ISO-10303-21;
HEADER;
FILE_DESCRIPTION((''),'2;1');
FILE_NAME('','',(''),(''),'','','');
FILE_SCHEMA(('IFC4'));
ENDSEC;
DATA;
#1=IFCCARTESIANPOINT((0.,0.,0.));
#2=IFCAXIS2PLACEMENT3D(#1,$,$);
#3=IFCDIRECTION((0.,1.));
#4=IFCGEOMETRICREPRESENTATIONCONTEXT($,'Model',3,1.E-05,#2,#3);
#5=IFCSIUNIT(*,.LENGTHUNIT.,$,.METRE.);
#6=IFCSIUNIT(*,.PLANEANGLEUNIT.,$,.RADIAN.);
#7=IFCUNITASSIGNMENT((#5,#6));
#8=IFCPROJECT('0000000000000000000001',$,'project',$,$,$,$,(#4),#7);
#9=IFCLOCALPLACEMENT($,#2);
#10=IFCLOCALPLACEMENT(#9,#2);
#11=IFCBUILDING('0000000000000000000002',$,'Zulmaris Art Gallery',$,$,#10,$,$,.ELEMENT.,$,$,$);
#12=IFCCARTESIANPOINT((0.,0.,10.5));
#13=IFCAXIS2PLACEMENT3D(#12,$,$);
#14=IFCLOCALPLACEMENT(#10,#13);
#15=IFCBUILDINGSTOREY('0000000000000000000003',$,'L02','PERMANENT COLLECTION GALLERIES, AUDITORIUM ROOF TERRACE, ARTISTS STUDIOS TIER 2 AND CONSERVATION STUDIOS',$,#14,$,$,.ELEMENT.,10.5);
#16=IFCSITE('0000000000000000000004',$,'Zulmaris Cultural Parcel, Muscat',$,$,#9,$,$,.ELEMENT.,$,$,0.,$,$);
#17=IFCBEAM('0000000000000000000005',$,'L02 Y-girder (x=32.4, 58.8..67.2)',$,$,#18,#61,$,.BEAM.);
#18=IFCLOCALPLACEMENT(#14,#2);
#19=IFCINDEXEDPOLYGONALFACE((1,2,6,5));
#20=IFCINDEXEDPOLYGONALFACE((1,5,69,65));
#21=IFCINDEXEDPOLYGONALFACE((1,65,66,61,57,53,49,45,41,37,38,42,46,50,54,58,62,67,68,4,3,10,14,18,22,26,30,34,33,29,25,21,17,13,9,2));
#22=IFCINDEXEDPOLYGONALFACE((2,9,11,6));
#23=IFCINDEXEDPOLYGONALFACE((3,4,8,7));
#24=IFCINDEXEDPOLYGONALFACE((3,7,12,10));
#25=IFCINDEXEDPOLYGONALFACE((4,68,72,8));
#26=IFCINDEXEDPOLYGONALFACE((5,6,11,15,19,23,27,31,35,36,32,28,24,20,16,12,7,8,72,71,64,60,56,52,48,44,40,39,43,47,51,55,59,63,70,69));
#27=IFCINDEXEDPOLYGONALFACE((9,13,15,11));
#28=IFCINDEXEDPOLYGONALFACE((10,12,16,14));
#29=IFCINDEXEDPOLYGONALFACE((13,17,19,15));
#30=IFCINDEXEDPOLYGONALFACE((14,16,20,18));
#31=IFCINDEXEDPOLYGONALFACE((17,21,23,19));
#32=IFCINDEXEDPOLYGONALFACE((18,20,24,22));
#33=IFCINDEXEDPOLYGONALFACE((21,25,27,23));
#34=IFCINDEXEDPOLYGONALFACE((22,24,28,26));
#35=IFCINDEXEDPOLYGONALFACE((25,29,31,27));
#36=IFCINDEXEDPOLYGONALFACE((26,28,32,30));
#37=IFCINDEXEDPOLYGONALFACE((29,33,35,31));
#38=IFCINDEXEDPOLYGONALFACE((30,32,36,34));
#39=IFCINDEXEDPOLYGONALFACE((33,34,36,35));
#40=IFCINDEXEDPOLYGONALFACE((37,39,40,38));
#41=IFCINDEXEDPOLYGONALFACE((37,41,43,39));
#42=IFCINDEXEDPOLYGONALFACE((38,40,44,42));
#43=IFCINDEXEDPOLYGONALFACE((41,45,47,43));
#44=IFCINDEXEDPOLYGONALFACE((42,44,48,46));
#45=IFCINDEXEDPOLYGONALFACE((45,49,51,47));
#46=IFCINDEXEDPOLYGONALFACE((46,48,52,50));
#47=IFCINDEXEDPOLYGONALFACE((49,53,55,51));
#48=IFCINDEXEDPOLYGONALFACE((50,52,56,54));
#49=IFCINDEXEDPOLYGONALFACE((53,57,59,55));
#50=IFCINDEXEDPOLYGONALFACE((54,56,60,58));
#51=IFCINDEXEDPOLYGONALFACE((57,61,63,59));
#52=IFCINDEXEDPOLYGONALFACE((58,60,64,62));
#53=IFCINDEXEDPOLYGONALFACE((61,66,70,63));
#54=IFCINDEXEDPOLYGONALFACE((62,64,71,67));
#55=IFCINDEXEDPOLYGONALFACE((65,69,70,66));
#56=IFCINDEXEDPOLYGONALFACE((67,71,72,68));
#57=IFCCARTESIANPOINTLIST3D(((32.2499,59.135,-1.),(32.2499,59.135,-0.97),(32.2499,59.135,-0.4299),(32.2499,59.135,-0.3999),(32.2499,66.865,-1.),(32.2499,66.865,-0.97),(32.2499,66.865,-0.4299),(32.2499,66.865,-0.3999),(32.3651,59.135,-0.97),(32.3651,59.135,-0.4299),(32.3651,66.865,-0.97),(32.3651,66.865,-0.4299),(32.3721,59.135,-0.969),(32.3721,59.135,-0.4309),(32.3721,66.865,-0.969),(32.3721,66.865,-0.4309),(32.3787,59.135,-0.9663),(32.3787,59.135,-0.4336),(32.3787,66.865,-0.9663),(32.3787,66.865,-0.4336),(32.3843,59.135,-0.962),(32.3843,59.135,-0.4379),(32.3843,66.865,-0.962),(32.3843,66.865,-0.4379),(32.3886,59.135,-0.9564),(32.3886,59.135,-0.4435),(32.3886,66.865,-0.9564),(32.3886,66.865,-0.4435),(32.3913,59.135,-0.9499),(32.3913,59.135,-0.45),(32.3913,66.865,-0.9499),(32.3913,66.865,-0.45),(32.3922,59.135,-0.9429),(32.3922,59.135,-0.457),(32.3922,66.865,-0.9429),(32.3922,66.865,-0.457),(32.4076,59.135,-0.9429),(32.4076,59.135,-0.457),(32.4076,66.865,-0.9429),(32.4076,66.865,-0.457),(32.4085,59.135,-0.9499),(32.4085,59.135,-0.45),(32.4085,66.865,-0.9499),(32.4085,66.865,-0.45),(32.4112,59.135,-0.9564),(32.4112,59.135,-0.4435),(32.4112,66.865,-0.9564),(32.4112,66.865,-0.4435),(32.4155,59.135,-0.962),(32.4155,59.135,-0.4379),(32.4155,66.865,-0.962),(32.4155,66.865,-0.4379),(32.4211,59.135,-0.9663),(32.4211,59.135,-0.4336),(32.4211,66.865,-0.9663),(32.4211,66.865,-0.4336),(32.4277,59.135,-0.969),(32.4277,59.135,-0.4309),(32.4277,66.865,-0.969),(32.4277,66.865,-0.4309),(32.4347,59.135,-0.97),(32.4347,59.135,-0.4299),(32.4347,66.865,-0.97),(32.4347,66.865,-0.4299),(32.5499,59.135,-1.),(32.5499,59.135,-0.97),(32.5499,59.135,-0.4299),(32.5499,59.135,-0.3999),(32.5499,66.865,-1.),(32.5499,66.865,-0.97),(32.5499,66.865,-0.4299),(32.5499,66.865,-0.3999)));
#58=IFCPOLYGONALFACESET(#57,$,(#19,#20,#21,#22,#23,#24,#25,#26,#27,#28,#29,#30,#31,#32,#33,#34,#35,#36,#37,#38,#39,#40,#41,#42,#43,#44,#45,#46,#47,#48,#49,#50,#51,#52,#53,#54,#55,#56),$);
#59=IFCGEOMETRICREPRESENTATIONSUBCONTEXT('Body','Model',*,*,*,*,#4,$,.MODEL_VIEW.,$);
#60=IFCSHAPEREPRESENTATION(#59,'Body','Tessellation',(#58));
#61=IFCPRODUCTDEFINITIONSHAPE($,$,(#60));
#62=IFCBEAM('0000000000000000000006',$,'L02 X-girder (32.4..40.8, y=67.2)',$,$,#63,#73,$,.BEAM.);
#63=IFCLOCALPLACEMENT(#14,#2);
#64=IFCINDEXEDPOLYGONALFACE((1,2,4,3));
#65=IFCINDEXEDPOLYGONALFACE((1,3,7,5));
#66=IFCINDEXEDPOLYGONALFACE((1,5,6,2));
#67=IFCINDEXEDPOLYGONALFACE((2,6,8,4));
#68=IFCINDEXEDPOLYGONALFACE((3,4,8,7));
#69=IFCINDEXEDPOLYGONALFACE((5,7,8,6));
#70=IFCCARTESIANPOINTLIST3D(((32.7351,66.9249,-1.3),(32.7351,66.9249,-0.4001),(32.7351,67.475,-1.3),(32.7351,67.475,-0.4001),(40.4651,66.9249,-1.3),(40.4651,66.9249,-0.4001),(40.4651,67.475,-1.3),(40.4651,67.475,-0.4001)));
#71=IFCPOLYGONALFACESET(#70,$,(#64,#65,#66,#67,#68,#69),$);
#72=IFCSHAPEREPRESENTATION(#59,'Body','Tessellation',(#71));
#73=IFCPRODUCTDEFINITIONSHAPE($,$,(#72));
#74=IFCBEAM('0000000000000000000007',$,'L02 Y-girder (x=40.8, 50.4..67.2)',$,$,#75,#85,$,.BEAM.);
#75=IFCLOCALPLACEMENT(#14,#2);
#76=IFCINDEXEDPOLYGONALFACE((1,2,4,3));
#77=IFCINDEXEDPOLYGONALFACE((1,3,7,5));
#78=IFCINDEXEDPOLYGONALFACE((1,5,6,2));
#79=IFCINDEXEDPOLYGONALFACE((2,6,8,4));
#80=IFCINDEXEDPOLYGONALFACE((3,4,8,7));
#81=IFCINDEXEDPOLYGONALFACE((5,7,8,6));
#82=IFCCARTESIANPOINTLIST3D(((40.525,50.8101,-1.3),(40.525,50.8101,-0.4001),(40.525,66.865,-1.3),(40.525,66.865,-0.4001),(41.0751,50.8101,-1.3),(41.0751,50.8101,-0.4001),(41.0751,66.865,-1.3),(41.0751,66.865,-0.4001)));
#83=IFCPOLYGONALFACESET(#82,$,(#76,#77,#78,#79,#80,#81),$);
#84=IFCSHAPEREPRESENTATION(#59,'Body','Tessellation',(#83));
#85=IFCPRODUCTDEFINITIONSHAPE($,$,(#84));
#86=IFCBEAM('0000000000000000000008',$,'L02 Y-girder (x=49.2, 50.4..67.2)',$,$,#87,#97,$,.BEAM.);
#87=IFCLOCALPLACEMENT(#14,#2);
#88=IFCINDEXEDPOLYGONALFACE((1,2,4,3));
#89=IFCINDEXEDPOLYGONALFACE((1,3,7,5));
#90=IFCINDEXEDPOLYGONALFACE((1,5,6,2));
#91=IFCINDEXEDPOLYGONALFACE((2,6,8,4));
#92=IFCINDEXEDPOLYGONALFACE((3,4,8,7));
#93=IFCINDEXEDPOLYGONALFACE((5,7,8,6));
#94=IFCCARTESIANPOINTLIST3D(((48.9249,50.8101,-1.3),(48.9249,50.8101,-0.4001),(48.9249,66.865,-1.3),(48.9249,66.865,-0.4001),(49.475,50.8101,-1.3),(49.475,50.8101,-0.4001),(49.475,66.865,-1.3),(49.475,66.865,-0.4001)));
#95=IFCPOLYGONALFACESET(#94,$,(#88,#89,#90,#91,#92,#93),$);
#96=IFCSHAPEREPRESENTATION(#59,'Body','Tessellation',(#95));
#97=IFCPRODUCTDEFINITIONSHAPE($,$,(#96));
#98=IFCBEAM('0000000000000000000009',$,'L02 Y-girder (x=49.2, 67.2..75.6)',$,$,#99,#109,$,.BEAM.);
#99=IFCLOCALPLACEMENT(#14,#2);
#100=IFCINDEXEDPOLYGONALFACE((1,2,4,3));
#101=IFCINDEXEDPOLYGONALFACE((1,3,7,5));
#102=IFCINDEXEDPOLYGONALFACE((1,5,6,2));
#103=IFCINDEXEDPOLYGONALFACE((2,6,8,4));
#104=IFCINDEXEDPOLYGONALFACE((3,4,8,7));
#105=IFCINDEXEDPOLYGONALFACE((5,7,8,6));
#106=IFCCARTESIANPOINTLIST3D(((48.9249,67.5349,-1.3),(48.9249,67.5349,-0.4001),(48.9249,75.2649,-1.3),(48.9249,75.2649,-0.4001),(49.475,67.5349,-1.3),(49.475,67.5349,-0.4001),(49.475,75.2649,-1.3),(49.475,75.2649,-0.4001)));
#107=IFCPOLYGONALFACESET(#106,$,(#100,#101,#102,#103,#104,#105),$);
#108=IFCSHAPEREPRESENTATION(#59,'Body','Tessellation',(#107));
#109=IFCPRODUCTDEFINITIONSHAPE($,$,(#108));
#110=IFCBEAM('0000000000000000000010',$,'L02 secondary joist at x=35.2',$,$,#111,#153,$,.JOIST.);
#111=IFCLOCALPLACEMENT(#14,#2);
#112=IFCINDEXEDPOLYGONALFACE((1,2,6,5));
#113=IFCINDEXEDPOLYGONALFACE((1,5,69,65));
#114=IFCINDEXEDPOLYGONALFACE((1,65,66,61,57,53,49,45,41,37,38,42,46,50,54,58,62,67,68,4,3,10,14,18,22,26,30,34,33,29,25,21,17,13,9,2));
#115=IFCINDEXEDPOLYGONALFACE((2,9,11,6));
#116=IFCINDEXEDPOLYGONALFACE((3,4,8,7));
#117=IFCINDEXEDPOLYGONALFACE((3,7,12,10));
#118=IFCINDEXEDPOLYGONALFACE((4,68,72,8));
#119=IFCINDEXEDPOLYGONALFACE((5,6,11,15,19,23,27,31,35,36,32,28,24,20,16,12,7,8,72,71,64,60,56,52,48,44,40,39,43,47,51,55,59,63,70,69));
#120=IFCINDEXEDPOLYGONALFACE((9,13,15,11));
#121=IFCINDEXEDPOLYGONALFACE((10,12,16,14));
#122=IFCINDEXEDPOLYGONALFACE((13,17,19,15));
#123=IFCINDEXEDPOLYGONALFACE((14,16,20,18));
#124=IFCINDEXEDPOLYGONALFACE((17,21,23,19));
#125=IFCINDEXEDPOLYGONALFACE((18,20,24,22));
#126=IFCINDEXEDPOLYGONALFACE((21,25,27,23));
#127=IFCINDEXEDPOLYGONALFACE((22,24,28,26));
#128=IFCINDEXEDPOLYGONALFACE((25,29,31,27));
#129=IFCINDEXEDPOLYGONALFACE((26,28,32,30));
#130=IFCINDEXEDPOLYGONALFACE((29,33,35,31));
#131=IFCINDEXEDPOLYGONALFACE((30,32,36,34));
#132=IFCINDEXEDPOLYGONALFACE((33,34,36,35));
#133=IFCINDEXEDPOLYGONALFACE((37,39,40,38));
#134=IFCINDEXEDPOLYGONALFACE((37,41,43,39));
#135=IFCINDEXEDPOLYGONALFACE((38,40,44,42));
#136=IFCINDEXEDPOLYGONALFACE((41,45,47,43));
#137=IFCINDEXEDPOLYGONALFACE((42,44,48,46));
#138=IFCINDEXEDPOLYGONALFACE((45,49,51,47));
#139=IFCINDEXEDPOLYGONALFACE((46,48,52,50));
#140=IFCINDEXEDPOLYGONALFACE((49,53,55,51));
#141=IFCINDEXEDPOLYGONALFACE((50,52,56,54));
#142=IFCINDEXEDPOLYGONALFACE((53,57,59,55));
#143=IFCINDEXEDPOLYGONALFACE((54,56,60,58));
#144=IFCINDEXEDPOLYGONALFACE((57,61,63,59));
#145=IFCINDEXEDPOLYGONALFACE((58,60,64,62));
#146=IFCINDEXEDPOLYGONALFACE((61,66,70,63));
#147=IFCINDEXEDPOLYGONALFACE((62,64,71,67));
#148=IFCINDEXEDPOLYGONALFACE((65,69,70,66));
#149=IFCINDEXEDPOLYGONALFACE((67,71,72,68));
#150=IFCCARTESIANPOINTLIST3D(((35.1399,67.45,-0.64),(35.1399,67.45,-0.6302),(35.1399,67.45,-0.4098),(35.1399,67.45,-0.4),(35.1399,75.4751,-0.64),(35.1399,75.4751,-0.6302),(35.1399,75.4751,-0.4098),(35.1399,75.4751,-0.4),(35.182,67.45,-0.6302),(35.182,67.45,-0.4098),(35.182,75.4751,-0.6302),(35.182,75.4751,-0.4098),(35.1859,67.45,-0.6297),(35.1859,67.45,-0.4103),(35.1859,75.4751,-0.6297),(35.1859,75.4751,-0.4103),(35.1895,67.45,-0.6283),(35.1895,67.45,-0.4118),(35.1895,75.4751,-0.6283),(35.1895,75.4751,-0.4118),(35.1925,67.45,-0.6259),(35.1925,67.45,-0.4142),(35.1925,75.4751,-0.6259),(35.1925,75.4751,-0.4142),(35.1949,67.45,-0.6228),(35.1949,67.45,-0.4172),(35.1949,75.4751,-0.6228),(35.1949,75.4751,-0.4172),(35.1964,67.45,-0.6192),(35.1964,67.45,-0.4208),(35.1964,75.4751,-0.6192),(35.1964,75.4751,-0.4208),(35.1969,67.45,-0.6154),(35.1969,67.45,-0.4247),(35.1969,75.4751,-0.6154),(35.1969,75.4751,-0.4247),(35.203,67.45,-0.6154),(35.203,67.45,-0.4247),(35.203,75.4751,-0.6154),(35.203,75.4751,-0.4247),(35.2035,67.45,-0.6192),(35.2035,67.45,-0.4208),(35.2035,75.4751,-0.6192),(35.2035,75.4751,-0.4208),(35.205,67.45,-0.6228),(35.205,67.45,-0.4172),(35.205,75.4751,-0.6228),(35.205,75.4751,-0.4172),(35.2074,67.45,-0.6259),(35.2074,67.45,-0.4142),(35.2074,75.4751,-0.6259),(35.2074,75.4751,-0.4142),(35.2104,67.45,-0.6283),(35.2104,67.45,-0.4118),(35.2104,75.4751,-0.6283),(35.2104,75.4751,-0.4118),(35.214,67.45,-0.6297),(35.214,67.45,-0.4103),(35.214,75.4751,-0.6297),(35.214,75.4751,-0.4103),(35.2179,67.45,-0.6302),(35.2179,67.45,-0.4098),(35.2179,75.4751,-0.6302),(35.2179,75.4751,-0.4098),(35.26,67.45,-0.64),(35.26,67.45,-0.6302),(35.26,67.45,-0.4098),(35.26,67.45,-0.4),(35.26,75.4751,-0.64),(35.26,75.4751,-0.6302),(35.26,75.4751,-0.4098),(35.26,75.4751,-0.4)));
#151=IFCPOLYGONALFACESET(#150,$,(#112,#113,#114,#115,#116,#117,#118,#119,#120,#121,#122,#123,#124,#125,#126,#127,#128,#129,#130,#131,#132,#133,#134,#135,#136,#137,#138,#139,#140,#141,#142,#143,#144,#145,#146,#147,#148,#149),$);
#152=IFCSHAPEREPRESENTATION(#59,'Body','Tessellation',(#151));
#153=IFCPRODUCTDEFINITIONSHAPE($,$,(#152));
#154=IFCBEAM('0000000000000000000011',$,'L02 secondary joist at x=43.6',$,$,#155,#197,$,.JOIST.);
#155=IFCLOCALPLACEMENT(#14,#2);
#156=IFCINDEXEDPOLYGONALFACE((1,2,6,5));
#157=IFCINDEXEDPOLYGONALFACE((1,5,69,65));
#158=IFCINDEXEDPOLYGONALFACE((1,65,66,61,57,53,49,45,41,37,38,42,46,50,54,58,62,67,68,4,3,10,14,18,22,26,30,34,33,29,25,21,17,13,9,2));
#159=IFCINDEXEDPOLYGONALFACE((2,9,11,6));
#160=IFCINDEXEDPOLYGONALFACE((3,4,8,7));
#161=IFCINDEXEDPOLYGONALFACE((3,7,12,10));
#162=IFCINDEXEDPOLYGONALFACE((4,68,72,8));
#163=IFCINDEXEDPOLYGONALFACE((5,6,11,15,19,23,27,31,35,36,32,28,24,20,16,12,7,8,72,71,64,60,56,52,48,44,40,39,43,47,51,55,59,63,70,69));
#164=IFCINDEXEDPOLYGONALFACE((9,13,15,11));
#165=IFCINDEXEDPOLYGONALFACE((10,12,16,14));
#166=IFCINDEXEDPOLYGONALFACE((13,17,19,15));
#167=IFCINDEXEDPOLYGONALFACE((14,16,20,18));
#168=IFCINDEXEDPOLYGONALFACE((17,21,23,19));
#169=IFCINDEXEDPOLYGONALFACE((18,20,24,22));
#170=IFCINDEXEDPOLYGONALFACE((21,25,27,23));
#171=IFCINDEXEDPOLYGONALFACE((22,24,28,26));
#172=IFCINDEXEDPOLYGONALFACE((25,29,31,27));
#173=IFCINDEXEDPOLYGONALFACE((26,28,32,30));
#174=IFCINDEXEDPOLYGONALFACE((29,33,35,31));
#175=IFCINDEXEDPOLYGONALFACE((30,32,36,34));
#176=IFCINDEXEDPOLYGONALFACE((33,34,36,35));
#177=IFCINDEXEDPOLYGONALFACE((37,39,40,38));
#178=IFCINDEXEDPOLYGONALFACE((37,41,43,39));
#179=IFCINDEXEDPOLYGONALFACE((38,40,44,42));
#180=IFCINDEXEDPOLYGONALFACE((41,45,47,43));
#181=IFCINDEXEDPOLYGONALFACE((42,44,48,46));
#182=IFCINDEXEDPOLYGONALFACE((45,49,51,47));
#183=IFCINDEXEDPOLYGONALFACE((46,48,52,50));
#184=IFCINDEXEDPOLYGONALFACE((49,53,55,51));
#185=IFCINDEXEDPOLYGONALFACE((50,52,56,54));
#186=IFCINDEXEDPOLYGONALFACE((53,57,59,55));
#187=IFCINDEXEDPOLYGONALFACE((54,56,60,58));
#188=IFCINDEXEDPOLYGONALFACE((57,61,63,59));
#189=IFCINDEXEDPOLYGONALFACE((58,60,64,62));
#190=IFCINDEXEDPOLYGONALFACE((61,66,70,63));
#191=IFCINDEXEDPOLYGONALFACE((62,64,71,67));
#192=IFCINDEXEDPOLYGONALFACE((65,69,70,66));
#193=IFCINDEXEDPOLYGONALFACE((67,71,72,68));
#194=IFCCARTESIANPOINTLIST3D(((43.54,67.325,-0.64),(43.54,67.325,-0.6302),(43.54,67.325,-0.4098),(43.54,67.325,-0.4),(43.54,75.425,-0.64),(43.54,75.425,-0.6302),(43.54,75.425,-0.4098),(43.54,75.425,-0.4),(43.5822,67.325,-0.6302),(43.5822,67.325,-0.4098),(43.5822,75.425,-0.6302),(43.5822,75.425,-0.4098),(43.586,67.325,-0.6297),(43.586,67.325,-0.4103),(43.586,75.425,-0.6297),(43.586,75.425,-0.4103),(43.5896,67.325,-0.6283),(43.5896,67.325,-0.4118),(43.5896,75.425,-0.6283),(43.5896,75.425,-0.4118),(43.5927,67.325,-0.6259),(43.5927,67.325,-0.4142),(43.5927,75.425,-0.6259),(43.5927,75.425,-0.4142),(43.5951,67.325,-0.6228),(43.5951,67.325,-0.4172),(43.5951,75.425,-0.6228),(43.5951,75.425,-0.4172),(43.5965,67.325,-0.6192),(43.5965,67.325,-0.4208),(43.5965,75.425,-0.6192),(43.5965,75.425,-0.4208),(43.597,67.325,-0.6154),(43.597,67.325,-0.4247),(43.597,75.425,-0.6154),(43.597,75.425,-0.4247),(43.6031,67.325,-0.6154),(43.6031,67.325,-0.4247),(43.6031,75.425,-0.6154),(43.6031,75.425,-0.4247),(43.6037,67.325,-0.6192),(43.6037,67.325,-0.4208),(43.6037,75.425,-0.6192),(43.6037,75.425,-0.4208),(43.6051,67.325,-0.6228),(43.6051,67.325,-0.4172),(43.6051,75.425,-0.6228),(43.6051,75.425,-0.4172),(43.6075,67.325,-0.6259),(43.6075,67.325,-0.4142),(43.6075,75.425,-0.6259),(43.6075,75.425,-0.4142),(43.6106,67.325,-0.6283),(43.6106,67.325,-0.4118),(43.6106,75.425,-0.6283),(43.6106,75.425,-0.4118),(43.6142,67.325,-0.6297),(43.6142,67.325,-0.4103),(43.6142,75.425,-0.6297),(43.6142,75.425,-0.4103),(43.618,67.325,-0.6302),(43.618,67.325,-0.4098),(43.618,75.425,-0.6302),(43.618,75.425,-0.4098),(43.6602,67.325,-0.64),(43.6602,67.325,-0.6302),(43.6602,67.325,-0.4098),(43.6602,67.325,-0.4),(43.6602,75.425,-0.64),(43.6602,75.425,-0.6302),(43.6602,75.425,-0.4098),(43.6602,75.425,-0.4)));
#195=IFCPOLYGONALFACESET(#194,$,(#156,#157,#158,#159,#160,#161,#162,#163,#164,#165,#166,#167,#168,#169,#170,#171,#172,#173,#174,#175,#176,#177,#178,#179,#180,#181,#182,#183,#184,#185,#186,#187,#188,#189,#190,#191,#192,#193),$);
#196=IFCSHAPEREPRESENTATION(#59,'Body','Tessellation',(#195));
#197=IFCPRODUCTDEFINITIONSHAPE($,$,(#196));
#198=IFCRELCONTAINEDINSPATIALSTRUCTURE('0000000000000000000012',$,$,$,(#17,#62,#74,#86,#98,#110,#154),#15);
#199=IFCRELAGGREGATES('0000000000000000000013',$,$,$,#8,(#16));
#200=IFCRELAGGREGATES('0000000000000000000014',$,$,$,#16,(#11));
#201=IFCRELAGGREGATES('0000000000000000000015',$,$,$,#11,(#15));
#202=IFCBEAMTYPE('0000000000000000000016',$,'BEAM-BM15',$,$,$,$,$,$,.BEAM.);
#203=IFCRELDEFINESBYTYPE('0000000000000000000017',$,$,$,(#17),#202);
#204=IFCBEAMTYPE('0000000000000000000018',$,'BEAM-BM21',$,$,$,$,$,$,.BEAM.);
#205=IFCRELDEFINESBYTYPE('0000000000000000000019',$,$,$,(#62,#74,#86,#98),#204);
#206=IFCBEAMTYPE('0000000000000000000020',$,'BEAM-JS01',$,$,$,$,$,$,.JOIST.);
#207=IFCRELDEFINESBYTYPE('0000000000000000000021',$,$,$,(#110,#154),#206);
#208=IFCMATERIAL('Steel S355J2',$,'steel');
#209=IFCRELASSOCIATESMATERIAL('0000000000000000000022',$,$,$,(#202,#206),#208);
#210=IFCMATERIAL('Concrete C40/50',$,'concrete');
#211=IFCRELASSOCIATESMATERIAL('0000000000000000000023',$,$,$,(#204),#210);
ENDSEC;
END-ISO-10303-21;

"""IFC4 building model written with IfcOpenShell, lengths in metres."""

from ifc_helpers import new_model, si_unit, direction, frame, origin, origin_2d, place, context, subcontext, project, spatial, rectangle, i_section, extrude, material, material_profile, profile_set, type_object, element, save


model = new_model("IFC4")

# Units and contexts
model_context = context("Model", 3, precision=1e-05, world=origin(), true_north=direction((0.0, 1.0)))
body_context = subcontext(model_context, "Body", "Model", "MODEL_VIEW")
ifc_project = project(units=[si_unit("LENGTHUNIT", "METRE"), si_unit("PLANEANGLEUNIT", "RADIAN")], contexts=[model_context])

# Site, building, storey
site_placement = place(None, origin())
site = spatial("IfcSite", under=ifc_project, at=site_placement, Name="Zulmaris Cultural Parcel, Muscat", CompositionType="ELEMENT", RefElevation=0.0)
building_placement = place(site_placement, origin())
building = spatial("IfcBuilding", under=site, at=building_placement, Name="Zulmaris Art Gallery", CompositionType="ELEMENT")
storey_placement = place(building_placement, frame((0.0, 0.0, 10.5)))
storey = spatial("IfcBuildingStorey", under=building, at=storey_placement, Name="L02", Description="PERMANENT COLLECTION GALLERIES, AUDITORIUM ROOF TERRACE, ARTISTS STUDIOS TIER 2 AND CONSERVATION STUDIOS", CompositionType="ELEMENT", Elevation=10.5)

# Beams
ifc_material_1 = material(Name="Steel S355J2", Category="steel")
ifc_material_profile_1 = material_profile(ifc_material_1, i_section(OverallWidth=0.3, OverallDepth=0.6001, WebThickness=0.0154, FlangeThickness=0.03, FilletRadius=0.0271, at=origin_2d()), Name="HEB 600")
ifc_profile_set_1 = profile_set([ifc_material_profile_1], Name="Steel S355J2")
beam_type_1 = type_object("IfcBeamType", Name="BEAM-BM15", PredefinedType="BEAM", material=ifc_profile_set_1)
for number, where, z_axis, x_axis, name in (
    (1, (32.3999, 59.135, -0.7), (0.0, 1.0, 0.0), (-1.0, 0.0, 0.0), "L02 Y-girder (x=32.4, 58.8..67.2)"),
):
    element("IfcBeam", number, at=place(storey_placement, frame(where, z_axis=z_axis, x_axis=x_axis)), inside=storey, type_object=beam_type_1, Name=name, PredefinedType="BEAM", context=body_context, shape_type="SweptSolid", body=[
        extrude(i_section(OverallWidth=0.3, OverallDepth=0.6001, WebThickness=0.0154, FlangeThickness=0.03, FilletRadius=0.0271, at=origin_2d()), origin(), (0.0, 0.0, 1.0), 7.73),
    ])
ifc_material_2 = material(Name="Concrete C40/50", Category="concrete")
ifc_material_profile_2 = material_profile(ifc_material_2, rectangle(XDim=0.55, YDim=0.8999, at=origin_2d()), Name="RC 550x900")
ifc_profile_set_2 = profile_set([ifc_material_profile_2], Name="Concrete C40/50")
beam_type_2 = type_object("IfcBeamType", Name="BEAM-BM21", PredefinedType="BEAM", material=ifc_profile_set_2)
beam_1_placement = place(storey_placement, frame((32.7351, 67.2, -0.8501), z_axis=(1.0, 0.0, 0.0), x_axis=(0.0, 1.0, 0.0)))
element("IfcBeam", 2, at=beam_1_placement, inside=storey, type_object=beam_type_2, Name="L02 X-girder (32.4..40.8, y=67.2)", PredefinedType="BEAM", context=body_context, shape_type="SweptSolid", body=[
    extrude(rectangle(XDim=0.55, YDim=0.8999, at=origin_2d()), origin(), (0.0, 0.0, 1.0), 7.73),
])
for number, where, z_axis, x_axis, name in (
    (3, (40.8, 50.8101, -0.8501), (0.0, 1.0, 0.0), (-1.0, 0.0, 0.0), "L02 Y-girder (x=40.8, 50.4..67.2)"),
    (4, (49.2, 50.8101, -0.8501), (0.0, 1.0, 0.0), (-1.0, 0.0, 0.0), "L02 Y-girder (x=49.2, 50.4..67.2)"),
):
    element("IfcBeam", number, at=place(storey_placement, frame(where, z_axis=z_axis, x_axis=x_axis)), inside=storey, type_object=beam_type_2, Name=name, PredefinedType="BEAM", context=body_context, shape_type="SweptSolid", body=[
        extrude(rectangle(XDim=0.55, YDim=0.8999, at=origin_2d()), origin(), (0.0, 0.0, 1.0), 16.0549),
    ])
beam_2_placement = place(storey_placement, frame((49.2, 67.5349, -0.8501), z_axis=(0.0, 1.0, 0.0), x_axis=(-1.0, 0.0, 0.0)))
element("IfcBeam", 5, at=beam_2_placement, inside=storey, type_object=beam_type_2, Name="L02 Y-girder (x=49.2, 67.2..75.6)", PredefinedType="BEAM", context=body_context, shape_type="SweptSolid", body=[
    extrude(rectangle(XDim=0.55, YDim=0.8999, at=origin_2d()), origin(), (0.0, 0.0, 1.0), 7.73),
])
ifc_material_profile_3 = material_profile(ifc_material_1, i_section(OverallWidth=0.1201, OverallDepth=0.24, WebThickness=0.0061, FlangeThickness=0.0098, FilletRadius=0.0149, at=origin_2d()), Name="IPE 240")
ifc_profile_set_3 = profile_set([ifc_material_profile_3], Name="Steel S355J2")
beam_type_3 = type_object("IfcBeamType", Name="BEAM-JS01", PredefinedType="JOIST", material=ifc_profile_set_3)
beam_3_placement = place(storey_placement, frame((35.2, 67.45, -0.52), z_axis=(0.0, 1.0, 0.0), x_axis=(-1.0, 0.0, 0.0)))
element("IfcBeam", 6, at=beam_3_placement, inside=storey, type_object=beam_type_3, Name="L02 secondary joist at x=35.2", PredefinedType="JOIST", context=body_context, shape_type="SweptSolid", body=[
    extrude(i_section(OverallWidth=0.1201, OverallDepth=0.24, WebThickness=0.0061, FlangeThickness=0.0098, FilletRadius=0.0149, at=origin_2d()), origin(), (0.0, 0.0, 1.0), 8.0251),
])
beam_4_placement = place(storey_placement, frame((43.6001, 67.325, -0.52), z_axis=(0.0, 1.0, 0.0), x_axis=(-1.0, 0.0, 0.0)))
element("IfcBeam", 7, at=beam_4_placement, inside=storey, type_object=beam_type_3, Name="L02 secondary joist at x=43.6", PredefinedType="JOIST", context=body_context, shape_type="SweptSolid", body=[
    extrude(i_section(OverallWidth=0.1201, OverallDepth=0.24, WebThickness=0.0061, FlangeThickness=0.0098, FilletRadius=0.0149, at=origin_2d()), origin(), (0.0, 0.0, 1.0), 8.1001),
])

save(model, "model.ifc")
